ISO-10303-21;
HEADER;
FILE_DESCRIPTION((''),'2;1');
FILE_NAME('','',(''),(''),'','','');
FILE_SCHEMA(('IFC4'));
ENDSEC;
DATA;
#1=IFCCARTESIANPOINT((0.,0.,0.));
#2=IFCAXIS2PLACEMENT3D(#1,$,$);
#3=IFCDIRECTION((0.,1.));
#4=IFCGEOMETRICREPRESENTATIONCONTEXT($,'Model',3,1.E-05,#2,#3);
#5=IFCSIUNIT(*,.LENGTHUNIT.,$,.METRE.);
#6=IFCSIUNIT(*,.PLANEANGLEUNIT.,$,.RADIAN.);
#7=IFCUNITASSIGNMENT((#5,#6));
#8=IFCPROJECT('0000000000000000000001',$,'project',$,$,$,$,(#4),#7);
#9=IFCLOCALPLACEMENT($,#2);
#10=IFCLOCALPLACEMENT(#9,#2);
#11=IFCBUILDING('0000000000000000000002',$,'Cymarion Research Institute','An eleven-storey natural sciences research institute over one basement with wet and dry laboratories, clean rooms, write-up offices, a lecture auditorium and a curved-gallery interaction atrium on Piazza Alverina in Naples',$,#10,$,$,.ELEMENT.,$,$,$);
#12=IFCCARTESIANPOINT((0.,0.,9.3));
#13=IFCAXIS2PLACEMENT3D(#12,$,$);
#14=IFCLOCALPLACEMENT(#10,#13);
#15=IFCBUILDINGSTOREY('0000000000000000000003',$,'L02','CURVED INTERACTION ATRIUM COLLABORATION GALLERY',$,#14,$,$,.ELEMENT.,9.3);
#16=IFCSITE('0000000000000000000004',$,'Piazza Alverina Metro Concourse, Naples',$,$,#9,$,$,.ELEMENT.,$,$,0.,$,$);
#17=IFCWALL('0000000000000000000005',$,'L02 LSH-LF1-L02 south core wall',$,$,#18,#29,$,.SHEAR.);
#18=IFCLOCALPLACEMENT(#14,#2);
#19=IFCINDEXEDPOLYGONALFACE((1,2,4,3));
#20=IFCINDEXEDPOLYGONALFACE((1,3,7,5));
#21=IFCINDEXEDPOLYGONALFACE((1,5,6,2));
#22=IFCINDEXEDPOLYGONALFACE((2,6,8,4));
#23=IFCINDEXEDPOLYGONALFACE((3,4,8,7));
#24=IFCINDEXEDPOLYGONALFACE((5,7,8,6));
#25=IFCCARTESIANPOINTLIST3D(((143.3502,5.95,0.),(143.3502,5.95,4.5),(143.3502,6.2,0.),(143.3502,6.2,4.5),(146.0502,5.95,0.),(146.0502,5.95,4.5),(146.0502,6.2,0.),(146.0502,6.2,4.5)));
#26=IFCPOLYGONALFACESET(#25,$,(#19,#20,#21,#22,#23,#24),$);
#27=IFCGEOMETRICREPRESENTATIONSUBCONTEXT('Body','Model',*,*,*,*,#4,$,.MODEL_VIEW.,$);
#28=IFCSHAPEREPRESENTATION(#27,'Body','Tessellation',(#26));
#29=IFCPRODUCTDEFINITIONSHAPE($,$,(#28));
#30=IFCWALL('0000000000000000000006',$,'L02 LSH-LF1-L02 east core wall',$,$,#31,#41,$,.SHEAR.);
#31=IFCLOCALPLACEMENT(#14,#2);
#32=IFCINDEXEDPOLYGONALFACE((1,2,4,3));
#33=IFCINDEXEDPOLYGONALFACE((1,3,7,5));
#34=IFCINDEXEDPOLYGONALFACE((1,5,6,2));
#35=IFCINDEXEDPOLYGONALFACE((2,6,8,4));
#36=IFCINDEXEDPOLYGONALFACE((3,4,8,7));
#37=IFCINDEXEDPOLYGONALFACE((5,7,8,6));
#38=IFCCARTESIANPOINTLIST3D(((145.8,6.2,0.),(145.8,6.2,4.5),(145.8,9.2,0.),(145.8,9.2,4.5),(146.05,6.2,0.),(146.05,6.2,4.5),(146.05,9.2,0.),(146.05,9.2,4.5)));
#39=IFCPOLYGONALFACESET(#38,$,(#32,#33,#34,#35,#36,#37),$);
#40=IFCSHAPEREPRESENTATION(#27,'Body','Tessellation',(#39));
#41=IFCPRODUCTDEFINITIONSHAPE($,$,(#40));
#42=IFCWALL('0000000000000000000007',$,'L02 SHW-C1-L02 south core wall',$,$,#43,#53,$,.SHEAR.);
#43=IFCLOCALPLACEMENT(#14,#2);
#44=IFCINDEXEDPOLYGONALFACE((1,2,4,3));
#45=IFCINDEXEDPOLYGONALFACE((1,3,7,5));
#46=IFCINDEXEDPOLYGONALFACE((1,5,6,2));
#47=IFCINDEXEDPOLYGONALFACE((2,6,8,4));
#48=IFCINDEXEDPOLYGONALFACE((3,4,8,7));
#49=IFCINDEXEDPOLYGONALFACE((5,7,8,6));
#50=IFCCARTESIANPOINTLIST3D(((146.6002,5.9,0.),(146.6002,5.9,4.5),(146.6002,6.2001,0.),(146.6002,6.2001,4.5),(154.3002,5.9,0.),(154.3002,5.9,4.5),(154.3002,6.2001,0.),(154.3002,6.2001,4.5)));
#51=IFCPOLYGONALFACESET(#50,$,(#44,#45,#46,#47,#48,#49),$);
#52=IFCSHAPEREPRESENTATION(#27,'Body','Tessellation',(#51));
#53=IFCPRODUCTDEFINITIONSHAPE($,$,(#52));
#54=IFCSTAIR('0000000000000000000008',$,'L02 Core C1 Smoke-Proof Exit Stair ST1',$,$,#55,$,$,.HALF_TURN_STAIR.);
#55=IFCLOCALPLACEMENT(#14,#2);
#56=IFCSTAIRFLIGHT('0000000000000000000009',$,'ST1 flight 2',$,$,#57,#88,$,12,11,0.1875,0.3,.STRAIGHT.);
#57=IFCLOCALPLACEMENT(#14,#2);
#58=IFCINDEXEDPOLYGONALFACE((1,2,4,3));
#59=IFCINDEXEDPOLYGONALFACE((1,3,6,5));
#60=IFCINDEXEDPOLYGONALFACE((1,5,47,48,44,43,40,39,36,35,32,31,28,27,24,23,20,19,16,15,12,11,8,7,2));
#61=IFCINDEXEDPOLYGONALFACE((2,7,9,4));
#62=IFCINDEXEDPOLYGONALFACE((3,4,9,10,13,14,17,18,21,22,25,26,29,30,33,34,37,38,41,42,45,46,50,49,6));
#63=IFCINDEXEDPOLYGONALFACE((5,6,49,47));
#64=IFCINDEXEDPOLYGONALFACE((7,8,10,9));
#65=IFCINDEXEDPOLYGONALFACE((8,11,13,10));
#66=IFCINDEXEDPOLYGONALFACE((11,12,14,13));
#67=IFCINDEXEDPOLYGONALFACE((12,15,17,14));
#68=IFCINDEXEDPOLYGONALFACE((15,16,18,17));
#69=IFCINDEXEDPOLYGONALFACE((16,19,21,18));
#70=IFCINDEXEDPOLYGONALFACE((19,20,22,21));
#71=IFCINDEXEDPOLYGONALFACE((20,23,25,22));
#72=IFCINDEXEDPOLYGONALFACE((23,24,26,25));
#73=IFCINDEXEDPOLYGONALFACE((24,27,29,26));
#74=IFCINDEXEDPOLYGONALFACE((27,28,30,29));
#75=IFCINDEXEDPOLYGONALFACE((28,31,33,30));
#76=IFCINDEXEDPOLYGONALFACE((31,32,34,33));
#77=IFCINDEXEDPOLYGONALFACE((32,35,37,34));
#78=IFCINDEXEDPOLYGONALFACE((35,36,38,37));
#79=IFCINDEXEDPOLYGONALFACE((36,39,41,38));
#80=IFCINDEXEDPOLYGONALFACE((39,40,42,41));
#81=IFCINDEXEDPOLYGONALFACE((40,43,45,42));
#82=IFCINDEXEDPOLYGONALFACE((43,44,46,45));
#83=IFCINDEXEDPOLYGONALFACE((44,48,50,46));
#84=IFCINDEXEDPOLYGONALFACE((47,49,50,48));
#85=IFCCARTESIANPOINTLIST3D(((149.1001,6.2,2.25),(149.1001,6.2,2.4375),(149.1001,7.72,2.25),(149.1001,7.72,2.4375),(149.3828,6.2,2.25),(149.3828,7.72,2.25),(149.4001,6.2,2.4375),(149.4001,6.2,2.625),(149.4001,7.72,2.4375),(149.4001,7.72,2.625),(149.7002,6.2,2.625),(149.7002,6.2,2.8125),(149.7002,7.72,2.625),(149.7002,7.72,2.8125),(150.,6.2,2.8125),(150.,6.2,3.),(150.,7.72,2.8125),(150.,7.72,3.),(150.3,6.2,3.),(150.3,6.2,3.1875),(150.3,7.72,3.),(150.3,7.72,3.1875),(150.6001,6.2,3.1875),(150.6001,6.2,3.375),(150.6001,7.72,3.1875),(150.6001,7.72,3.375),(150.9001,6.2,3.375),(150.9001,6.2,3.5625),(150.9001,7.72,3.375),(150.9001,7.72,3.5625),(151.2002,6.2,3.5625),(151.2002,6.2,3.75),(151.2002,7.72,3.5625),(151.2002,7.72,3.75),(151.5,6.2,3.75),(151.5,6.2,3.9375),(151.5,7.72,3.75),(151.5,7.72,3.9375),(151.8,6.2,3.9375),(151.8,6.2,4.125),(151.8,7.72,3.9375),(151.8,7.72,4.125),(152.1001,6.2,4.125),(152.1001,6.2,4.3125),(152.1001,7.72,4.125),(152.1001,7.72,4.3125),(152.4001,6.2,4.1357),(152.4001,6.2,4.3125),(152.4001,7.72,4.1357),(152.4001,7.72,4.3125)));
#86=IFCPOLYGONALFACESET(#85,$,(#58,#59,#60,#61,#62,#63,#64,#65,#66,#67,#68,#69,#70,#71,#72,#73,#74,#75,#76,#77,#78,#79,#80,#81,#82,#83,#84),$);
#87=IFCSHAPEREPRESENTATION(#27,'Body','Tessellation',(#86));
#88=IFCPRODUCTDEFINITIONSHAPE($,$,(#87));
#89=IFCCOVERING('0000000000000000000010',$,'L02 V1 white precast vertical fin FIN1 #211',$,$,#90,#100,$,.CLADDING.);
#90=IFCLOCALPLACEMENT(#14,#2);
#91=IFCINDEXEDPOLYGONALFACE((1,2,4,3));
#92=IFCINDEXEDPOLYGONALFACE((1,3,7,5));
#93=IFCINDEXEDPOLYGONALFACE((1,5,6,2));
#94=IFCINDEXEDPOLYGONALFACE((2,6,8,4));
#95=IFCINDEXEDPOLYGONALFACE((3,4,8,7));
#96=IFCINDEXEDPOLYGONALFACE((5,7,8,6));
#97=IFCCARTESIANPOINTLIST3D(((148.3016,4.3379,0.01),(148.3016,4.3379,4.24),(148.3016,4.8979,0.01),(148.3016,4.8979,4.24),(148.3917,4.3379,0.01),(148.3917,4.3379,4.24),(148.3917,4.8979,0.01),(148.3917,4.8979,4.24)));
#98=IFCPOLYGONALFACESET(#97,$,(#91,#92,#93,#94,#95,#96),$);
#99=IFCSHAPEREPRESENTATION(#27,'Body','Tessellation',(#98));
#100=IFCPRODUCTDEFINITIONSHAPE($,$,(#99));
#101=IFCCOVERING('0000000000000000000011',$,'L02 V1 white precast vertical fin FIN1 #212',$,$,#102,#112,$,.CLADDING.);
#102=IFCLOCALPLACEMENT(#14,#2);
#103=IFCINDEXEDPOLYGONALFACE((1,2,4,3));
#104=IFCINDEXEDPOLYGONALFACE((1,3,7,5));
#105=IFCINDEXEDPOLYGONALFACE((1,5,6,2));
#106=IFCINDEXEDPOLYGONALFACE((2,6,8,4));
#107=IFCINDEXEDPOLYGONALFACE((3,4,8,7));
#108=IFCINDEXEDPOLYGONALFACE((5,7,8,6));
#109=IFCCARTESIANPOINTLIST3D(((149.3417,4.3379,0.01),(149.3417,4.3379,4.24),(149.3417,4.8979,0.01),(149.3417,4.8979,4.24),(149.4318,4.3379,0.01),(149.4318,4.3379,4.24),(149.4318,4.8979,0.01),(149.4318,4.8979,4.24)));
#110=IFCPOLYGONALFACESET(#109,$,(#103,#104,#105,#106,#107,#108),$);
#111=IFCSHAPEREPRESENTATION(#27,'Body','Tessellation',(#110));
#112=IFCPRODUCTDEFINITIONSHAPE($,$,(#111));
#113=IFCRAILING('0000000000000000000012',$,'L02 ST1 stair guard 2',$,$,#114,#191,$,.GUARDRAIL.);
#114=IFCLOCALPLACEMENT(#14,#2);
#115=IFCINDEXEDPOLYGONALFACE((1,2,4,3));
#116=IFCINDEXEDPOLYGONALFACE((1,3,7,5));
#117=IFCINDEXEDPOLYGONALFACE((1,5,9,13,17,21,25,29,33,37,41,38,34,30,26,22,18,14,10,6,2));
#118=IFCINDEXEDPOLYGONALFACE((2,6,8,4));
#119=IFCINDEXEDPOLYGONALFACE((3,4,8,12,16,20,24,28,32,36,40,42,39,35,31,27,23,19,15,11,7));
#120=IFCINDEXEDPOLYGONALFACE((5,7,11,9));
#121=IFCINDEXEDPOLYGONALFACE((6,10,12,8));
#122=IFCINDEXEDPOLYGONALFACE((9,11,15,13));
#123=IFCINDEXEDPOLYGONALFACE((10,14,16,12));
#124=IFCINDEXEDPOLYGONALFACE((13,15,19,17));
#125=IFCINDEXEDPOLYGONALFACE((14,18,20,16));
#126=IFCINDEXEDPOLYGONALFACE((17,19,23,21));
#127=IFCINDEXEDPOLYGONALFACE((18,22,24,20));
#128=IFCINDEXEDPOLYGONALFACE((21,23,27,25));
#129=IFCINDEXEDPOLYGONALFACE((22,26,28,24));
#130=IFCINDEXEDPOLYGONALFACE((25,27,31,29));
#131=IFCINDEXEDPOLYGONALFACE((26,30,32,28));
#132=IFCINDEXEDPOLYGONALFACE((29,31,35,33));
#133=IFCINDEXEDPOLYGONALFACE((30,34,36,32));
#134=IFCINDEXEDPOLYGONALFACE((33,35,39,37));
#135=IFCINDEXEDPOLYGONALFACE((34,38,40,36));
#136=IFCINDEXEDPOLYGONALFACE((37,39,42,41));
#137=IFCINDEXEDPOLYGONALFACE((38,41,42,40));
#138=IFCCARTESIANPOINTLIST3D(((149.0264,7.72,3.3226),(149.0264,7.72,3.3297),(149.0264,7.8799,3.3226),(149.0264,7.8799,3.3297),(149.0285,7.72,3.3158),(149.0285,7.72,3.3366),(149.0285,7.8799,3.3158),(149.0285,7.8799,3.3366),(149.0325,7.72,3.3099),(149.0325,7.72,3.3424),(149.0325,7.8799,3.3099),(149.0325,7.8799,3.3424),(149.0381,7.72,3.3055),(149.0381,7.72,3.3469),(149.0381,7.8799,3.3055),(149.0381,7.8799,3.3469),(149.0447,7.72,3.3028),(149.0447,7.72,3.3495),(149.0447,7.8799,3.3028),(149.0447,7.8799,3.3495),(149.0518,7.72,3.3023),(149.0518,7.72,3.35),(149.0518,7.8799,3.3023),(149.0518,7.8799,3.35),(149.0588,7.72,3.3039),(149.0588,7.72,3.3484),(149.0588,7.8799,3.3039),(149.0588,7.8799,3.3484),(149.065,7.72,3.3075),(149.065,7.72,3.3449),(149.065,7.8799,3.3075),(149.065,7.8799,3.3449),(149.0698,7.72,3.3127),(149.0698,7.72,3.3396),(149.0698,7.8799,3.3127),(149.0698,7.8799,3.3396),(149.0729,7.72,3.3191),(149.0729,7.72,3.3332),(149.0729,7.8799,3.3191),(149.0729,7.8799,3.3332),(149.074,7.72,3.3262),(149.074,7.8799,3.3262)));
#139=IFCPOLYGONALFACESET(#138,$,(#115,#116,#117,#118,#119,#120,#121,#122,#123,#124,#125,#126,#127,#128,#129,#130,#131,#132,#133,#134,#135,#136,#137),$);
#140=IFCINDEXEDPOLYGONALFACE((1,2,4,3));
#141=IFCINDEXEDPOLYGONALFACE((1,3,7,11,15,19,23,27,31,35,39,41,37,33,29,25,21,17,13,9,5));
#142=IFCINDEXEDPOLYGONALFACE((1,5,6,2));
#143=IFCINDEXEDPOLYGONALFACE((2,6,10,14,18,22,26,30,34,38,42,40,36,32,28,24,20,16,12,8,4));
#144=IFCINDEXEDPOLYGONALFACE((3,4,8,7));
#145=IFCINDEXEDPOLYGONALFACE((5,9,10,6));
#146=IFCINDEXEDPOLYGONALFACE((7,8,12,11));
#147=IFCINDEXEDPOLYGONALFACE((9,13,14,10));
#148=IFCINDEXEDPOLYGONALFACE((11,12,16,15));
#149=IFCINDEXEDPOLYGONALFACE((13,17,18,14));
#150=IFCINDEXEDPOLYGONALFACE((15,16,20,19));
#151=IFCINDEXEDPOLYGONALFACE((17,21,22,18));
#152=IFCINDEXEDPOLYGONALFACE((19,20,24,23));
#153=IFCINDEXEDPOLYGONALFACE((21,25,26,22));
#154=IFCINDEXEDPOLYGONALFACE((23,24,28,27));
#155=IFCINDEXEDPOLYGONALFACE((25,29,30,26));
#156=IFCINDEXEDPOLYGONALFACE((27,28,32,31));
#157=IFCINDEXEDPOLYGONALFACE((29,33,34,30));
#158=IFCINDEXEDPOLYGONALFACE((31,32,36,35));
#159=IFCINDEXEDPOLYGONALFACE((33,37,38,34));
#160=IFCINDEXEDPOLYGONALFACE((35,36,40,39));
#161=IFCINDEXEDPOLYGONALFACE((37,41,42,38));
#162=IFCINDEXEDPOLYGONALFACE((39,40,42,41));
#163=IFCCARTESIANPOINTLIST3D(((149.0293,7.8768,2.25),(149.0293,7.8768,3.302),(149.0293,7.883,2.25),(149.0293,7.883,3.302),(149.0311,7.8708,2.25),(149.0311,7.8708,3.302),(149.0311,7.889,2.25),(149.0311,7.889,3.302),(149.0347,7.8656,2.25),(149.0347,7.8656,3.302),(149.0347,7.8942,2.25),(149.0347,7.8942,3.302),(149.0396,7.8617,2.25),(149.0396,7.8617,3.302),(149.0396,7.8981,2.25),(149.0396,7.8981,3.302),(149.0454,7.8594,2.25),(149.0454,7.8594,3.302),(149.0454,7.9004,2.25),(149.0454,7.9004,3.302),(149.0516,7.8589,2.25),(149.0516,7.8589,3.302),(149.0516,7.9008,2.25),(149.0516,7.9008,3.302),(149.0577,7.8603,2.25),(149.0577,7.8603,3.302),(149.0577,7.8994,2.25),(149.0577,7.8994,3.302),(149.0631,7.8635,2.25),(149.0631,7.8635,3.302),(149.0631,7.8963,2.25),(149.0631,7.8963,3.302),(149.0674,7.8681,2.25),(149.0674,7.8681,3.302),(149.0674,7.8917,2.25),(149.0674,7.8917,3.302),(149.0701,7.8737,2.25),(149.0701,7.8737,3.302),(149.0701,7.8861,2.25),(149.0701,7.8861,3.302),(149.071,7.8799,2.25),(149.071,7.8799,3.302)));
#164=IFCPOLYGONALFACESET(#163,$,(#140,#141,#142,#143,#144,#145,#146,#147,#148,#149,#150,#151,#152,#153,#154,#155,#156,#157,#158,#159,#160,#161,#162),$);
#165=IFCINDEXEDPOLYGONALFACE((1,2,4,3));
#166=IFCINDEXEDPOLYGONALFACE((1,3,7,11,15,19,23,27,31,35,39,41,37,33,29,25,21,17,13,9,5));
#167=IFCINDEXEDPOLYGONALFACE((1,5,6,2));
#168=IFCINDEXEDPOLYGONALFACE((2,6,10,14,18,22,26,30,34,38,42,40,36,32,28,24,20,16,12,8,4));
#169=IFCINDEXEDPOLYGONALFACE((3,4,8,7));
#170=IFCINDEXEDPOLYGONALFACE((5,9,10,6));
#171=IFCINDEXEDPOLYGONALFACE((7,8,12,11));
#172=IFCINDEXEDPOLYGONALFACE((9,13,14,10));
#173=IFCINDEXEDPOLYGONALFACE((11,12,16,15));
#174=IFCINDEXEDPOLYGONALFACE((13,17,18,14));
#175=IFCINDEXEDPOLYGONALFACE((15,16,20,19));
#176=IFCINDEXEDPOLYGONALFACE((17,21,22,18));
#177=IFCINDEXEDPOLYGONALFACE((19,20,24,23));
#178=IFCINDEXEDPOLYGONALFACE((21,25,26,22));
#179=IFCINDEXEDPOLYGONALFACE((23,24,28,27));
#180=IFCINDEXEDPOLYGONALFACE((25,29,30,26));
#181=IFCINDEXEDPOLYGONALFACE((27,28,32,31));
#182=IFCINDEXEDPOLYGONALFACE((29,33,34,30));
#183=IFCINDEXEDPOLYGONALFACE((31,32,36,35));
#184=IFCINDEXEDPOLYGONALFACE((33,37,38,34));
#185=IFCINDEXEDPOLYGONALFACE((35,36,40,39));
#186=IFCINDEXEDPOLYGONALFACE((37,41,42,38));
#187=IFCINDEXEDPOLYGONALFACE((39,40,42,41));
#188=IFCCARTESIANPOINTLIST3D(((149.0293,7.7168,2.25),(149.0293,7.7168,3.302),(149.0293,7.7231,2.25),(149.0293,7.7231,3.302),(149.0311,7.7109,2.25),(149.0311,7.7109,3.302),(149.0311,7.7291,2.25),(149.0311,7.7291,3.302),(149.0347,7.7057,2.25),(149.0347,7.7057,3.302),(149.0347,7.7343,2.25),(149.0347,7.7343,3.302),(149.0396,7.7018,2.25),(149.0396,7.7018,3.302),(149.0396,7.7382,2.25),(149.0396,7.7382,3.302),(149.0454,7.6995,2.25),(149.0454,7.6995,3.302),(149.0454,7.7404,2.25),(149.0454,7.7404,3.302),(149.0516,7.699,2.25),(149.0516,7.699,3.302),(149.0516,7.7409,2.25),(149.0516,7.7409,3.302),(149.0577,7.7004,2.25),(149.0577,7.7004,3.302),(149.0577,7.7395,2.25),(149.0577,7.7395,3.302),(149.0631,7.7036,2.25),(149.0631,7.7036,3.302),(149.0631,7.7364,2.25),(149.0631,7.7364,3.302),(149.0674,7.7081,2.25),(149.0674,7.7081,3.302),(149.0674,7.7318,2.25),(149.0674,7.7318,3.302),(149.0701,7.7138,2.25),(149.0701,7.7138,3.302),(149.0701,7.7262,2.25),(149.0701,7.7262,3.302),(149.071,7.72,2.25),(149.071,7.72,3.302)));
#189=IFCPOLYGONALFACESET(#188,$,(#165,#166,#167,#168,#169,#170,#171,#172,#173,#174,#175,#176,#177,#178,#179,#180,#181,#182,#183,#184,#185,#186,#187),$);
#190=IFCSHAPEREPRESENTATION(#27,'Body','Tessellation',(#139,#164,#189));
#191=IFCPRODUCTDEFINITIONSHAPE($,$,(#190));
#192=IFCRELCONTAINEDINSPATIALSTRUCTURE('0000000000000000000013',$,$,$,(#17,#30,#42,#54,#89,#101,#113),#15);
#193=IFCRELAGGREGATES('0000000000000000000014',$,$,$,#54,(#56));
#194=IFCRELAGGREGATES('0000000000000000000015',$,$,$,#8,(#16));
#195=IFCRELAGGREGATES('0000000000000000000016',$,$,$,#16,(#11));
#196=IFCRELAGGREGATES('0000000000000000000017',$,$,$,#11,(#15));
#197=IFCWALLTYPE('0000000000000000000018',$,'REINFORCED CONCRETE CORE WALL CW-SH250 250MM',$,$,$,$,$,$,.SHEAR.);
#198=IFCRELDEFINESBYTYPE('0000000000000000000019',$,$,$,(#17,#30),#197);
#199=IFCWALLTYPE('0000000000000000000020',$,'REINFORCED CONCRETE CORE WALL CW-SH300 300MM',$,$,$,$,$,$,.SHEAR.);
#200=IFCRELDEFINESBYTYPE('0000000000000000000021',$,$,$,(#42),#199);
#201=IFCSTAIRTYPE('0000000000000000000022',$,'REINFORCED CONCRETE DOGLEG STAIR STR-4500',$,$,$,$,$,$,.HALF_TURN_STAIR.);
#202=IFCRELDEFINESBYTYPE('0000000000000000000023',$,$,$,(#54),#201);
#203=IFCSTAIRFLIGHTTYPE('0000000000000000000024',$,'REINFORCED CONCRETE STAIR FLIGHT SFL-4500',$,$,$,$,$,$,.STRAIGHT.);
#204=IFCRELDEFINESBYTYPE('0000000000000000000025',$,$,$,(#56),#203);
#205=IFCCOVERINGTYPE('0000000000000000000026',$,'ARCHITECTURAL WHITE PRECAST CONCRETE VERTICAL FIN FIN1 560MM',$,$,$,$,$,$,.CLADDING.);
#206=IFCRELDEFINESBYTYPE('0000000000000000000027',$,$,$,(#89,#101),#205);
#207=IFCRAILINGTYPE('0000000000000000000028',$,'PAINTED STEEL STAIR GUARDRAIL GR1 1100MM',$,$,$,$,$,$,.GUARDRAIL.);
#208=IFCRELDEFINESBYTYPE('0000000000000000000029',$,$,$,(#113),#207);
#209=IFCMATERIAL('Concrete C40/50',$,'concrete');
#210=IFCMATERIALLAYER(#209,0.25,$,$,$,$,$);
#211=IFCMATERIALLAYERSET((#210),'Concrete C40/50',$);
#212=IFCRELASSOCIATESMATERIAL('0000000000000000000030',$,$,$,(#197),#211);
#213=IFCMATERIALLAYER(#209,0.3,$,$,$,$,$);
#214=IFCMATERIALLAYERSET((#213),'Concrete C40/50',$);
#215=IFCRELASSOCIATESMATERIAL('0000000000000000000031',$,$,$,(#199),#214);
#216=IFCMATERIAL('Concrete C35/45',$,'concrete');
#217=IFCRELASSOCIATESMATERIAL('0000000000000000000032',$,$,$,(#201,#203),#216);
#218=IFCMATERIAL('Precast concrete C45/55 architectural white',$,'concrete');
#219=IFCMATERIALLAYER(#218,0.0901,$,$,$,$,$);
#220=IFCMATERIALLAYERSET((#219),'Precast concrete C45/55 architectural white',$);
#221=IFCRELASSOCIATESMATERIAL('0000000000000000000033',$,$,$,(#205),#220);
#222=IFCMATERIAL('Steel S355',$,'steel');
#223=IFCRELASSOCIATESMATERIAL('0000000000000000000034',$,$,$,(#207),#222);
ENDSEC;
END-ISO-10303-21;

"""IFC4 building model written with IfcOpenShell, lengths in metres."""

from ifc_helpers import new_model, si_unit, direction, frame, frame_2d, origin, origin_2d, place, context, subcontext, project, spatial, polyline, rectangle, circle, outline, extrude, material, layer, layer_set, type_object, element, aggregate, save


model = new_model("IFC4")

# Units and contexts
model_context = context("Model", 3, precision=1e-05, world=origin(), true_north=direction((0.0, 1.0)))
body_context = subcontext(model_context, "Body", "Model", "MODEL_VIEW")
ifc_project = project(units=[si_unit("LENGTHUNIT", "METRE"), si_unit("PLANEANGLEUNIT", "RADIAN")], contexts=[model_context])

# Site, building, storey
site_placement = place(None, origin())
site = spatial("IfcSite", under=ifc_project, at=site_placement, Name="Piazza Alverina Metro Concourse, Naples", CompositionType="ELEMENT", RefElevation=0.0)
building_placement = place(site_placement, origin())
building = spatial("IfcBuilding", under=site, at=building_placement, Name="Cymarion Research Institute", Description="An eleven-storey natural sciences research institute over one basement with wet and dry laboratories, clean rooms, write-up offices, a lecture auditorium and a curved-gallery interaction atrium on Piazza Alverina in Naples", CompositionType="ELEMENT")
storey_placement = place(building_placement, frame((0.0, 0.0, 9.3)))
storey = spatial("IfcBuildingStorey", under=building, at=storey_placement, Name="L02", Description="CURVED INTERACTION ATRIUM COLLABORATION GALLERY", CompositionType="ELEMENT", Elevation=9.3)

# Shared definitions
ifc_material_1 = material(Name="Steel S355", Category="steel")

# Shared definitions
ifc_material_2 = material(Name="Concrete C40/50", Category="concrete")

# Walls
ifc_layer_1 = layer(ifc_material_2, 0.25)
ifc_layer_set_1 = layer_set([ifc_layer_1], Name="Concrete C40/50")
wall_type_1 = type_object("IfcWallType", Name="REINFORCED CONCRETE CORE WALL CW-SH250 250MM", PredefinedType="SHEAR", material=ifc_layer_set_1)
wall_1_placement = place(storey_placement, frame((143.3501, 6.075, 0.0), z_axis=(0.0, 0.0, 1.0), x_axis=(1.0, 0.0, 0.0)))
element("IfcWall", 1, at=wall_1_placement, inside=storey, type_object=wall_type_1, Name="L02 LSH-LF1-L02 south core wall", PredefinedType="SHEAR", context=body_context, shape_type="SweptSolid", body=[
    extrude(rectangle(XDim=2.7, YDim=0.25, at=frame_2d((1.3501, 0.0))), origin(), (0.0, 0.0, 1.0), 4.5),
])
wall_2_placement = place(storey_placement, frame((145.925, 6.2, 0.0), z_axis=(0.0, 0.0, 1.0), x_axis=(0.0, 1.0, 0.0)))
element("IfcWall", 2, at=wall_2_placement, inside=storey, type_object=wall_type_1, Name="L02 LSH-LF1-L02 east core wall", PredefinedType="SHEAR", context=body_context, shape_type="SweptSolid", body=[
    extrude(rectangle(XDim=3.0, YDim=0.25, at=frame_2d((1.5, 0.0))), origin(), (0.0, 0.0, 1.0), 4.5),
])
ifc_layer_2 = layer(ifc_material_2, 0.3)
ifc_layer_set_2 = layer_set([ifc_layer_2], Name="Concrete C40/50")
wall_type_2 = type_object("IfcWallType", Name="REINFORCED CONCRETE CORE WALL CW-SH300 300MM", PredefinedType="SHEAR", material=ifc_layer_set_2)
wall_3_placement = place(storey_placement, frame((146.6001, 6.05, 0.0), z_axis=(0.0, 0.0, 1.0), x_axis=(1.0, 0.0, 0.0)))
element("IfcWall", 3, at=wall_3_placement, inside=storey, type_object=wall_type_2, Name="L02 SHW-C1-L02 south core wall", PredefinedType="SHEAR", context=body_context, shape_type="SweptSolid", body=[
    extrude(rectangle(XDim=7.7, YDim=0.3, at=frame_2d((3.8501, 0.0))), origin(), (0.0, 0.0, 1.0), 4.5),
])

# Stair, stair flight
ifc_material_3 = material(Name="Concrete C35/45", Category="concrete")
stair_type = type_object("IfcStairType", Name="REINFORCED CONCRETE DOGLEG STAIR STR-4500", PredefinedType="HALF_TURN_STAIR", material=ifc_material_3)
stair_placement = place(storey_placement, origin())
stair = element("IfcStair", 4, at=stair_placement, inside=storey, type_object=stair_type, Name="L02 Core C1 Smoke-Proof Exit Stair ST1", PredefinedType="HALF_TURN_STAIR")
stair_flight_type = type_object("IfcStairFlightType", Name="REINFORCED CONCRETE STAIR FLIGHT SFL-4500", PredefinedType="STRAIGHT", material=ifc_material_3)
stair_flight_placement = place(storey_placement, frame((149.1001, 6.96, 2.25), z_axis=(0.0, 0.0, 1.0), x_axis=(1.0, 0.0, 0.0)))
stair_flight = element("IfcStairFlight", 5, at=stair_flight_placement, type_object=stair_flight_type, Name="ST1 flight 2", NumberOfRisers=12, NumberOfTreads=11, PredefinedType="STRAIGHT", RiserHeight=0.1875, TreadLength=0.3, context=body_context, shape_type="SweptSolid", body=[
    extrude(outline(polyline([(0.0, 0.0), (0.0, 0.1875), (0.3, 0.1875), (0.3, 0.375), (0.6001, 0.375), (0.6001, 0.5625), (0.8999, 0.5625), (0.8999, 0.75), (1.2, 0.75), (1.2, 0.9375), (1.5, 0.9375), (1.5, 1.125), (1.8, 1.125), (1.8, 1.3125), (2.1001, 1.3125), (2.1001, 1.5), (2.3999, 1.5), (2.3999, 1.6875), (2.7, 1.6875), (2.7, 1.875), (3.0, 1.875), (3.0, 2.0625), (3.3, 2.0625), (3.3, 2.25), (3.3, 1.8857), (0.2827, 0.0), (0.0, 0.0)])), frame((0.0, 0.76, 0.0), z_axis=(0.0, -1.0, 0.0), x_axis=(1.0, 0.0, 0.0)), (0.0, 0.0, 1.0), 1.52),
])
aggregate(stair, [stair_flight])

# Coverings
ifc_material_4 = material(Name="Precast concrete C45/55 architectural white", Category="concrete")
ifc_layer_3 = layer(ifc_material_4, 0.0901)
ifc_layer_set_3 = layer_set([ifc_layer_3], Name="Precast concrete C45/55 architectural white")
covering_type = type_object("IfcCoveringType", Name="ARCHITECTURAL WHITE PRECAST CONCRETE VERTICAL FIN FIN1 560MM", PredefinedType="CLADDING", material=ifc_layer_set_3)
for number, where, z_axis, x_axis, name in (
    (6, (148.3467, 4.6179, 0.01), (0.0, 0.0, 1.0), (0.0, -1.0, 0.0), "L02 V1 white precast vertical fin FIN1 #211"),
    (7, (149.3867, 4.6179, 0.01), (0.0, 0.0, 1.0), (0.0, -1.0, 0.0), "L02 V1 white precast vertical fin FIN1 #212"),
):
    element("IfcCovering", number, at=place(storey_placement, frame(where, z_axis=z_axis, x_axis=x_axis)), inside=storey, type_object=covering_type, Name=name, PredefinedType="CLADDING", context=body_context, shape_type="SweptSolid", body=[
        extrude(rectangle(XDim=0.5601, YDim=0.0901, at=origin_2d()), origin(), (0.0, 0.0, 1.0), 4.23),
    ])

# Railing
railing_type_1 = type_object("IfcRailingType", Name="PAINTED STEEL STAIR GUARDRAIL GR1 1100MM", PredefinedType="GUARDRAIL", material=ifc_material_1)
railing_1_placement = place(storey_placement, frame((149.05, 7.8799, 2.25)))
element("IfcRailing", 8, at=railing_1_placement, inside=storey, type_object=railing_type_1, Name="L02 ST1 stair guard 2", PredefinedType="GUARDRAIL", context=body_context, shape_type="SweptSolid", body=[
    extrude(circle(Radius=0.0239, at=origin_2d()), frame((0.0, 0.0, 1.0762), z_axis=(0.0, -1.0, 0.0), x_axis=(1.0, 0.0, 0.0)), (0.0, 0.0, 1.0), 0.1599),
    extrude(circle(Radius=0.021, at=origin_2d()), origin(), (0.0, 0.0, 1.0), 1.052),
    extrude(circle(Radius=0.021, at=origin_2d()), frame((0.0, -0.1599, 0.0)), (0.0, 0.0, 1.0), 1.052),
])

save(model, "model.ifc")
